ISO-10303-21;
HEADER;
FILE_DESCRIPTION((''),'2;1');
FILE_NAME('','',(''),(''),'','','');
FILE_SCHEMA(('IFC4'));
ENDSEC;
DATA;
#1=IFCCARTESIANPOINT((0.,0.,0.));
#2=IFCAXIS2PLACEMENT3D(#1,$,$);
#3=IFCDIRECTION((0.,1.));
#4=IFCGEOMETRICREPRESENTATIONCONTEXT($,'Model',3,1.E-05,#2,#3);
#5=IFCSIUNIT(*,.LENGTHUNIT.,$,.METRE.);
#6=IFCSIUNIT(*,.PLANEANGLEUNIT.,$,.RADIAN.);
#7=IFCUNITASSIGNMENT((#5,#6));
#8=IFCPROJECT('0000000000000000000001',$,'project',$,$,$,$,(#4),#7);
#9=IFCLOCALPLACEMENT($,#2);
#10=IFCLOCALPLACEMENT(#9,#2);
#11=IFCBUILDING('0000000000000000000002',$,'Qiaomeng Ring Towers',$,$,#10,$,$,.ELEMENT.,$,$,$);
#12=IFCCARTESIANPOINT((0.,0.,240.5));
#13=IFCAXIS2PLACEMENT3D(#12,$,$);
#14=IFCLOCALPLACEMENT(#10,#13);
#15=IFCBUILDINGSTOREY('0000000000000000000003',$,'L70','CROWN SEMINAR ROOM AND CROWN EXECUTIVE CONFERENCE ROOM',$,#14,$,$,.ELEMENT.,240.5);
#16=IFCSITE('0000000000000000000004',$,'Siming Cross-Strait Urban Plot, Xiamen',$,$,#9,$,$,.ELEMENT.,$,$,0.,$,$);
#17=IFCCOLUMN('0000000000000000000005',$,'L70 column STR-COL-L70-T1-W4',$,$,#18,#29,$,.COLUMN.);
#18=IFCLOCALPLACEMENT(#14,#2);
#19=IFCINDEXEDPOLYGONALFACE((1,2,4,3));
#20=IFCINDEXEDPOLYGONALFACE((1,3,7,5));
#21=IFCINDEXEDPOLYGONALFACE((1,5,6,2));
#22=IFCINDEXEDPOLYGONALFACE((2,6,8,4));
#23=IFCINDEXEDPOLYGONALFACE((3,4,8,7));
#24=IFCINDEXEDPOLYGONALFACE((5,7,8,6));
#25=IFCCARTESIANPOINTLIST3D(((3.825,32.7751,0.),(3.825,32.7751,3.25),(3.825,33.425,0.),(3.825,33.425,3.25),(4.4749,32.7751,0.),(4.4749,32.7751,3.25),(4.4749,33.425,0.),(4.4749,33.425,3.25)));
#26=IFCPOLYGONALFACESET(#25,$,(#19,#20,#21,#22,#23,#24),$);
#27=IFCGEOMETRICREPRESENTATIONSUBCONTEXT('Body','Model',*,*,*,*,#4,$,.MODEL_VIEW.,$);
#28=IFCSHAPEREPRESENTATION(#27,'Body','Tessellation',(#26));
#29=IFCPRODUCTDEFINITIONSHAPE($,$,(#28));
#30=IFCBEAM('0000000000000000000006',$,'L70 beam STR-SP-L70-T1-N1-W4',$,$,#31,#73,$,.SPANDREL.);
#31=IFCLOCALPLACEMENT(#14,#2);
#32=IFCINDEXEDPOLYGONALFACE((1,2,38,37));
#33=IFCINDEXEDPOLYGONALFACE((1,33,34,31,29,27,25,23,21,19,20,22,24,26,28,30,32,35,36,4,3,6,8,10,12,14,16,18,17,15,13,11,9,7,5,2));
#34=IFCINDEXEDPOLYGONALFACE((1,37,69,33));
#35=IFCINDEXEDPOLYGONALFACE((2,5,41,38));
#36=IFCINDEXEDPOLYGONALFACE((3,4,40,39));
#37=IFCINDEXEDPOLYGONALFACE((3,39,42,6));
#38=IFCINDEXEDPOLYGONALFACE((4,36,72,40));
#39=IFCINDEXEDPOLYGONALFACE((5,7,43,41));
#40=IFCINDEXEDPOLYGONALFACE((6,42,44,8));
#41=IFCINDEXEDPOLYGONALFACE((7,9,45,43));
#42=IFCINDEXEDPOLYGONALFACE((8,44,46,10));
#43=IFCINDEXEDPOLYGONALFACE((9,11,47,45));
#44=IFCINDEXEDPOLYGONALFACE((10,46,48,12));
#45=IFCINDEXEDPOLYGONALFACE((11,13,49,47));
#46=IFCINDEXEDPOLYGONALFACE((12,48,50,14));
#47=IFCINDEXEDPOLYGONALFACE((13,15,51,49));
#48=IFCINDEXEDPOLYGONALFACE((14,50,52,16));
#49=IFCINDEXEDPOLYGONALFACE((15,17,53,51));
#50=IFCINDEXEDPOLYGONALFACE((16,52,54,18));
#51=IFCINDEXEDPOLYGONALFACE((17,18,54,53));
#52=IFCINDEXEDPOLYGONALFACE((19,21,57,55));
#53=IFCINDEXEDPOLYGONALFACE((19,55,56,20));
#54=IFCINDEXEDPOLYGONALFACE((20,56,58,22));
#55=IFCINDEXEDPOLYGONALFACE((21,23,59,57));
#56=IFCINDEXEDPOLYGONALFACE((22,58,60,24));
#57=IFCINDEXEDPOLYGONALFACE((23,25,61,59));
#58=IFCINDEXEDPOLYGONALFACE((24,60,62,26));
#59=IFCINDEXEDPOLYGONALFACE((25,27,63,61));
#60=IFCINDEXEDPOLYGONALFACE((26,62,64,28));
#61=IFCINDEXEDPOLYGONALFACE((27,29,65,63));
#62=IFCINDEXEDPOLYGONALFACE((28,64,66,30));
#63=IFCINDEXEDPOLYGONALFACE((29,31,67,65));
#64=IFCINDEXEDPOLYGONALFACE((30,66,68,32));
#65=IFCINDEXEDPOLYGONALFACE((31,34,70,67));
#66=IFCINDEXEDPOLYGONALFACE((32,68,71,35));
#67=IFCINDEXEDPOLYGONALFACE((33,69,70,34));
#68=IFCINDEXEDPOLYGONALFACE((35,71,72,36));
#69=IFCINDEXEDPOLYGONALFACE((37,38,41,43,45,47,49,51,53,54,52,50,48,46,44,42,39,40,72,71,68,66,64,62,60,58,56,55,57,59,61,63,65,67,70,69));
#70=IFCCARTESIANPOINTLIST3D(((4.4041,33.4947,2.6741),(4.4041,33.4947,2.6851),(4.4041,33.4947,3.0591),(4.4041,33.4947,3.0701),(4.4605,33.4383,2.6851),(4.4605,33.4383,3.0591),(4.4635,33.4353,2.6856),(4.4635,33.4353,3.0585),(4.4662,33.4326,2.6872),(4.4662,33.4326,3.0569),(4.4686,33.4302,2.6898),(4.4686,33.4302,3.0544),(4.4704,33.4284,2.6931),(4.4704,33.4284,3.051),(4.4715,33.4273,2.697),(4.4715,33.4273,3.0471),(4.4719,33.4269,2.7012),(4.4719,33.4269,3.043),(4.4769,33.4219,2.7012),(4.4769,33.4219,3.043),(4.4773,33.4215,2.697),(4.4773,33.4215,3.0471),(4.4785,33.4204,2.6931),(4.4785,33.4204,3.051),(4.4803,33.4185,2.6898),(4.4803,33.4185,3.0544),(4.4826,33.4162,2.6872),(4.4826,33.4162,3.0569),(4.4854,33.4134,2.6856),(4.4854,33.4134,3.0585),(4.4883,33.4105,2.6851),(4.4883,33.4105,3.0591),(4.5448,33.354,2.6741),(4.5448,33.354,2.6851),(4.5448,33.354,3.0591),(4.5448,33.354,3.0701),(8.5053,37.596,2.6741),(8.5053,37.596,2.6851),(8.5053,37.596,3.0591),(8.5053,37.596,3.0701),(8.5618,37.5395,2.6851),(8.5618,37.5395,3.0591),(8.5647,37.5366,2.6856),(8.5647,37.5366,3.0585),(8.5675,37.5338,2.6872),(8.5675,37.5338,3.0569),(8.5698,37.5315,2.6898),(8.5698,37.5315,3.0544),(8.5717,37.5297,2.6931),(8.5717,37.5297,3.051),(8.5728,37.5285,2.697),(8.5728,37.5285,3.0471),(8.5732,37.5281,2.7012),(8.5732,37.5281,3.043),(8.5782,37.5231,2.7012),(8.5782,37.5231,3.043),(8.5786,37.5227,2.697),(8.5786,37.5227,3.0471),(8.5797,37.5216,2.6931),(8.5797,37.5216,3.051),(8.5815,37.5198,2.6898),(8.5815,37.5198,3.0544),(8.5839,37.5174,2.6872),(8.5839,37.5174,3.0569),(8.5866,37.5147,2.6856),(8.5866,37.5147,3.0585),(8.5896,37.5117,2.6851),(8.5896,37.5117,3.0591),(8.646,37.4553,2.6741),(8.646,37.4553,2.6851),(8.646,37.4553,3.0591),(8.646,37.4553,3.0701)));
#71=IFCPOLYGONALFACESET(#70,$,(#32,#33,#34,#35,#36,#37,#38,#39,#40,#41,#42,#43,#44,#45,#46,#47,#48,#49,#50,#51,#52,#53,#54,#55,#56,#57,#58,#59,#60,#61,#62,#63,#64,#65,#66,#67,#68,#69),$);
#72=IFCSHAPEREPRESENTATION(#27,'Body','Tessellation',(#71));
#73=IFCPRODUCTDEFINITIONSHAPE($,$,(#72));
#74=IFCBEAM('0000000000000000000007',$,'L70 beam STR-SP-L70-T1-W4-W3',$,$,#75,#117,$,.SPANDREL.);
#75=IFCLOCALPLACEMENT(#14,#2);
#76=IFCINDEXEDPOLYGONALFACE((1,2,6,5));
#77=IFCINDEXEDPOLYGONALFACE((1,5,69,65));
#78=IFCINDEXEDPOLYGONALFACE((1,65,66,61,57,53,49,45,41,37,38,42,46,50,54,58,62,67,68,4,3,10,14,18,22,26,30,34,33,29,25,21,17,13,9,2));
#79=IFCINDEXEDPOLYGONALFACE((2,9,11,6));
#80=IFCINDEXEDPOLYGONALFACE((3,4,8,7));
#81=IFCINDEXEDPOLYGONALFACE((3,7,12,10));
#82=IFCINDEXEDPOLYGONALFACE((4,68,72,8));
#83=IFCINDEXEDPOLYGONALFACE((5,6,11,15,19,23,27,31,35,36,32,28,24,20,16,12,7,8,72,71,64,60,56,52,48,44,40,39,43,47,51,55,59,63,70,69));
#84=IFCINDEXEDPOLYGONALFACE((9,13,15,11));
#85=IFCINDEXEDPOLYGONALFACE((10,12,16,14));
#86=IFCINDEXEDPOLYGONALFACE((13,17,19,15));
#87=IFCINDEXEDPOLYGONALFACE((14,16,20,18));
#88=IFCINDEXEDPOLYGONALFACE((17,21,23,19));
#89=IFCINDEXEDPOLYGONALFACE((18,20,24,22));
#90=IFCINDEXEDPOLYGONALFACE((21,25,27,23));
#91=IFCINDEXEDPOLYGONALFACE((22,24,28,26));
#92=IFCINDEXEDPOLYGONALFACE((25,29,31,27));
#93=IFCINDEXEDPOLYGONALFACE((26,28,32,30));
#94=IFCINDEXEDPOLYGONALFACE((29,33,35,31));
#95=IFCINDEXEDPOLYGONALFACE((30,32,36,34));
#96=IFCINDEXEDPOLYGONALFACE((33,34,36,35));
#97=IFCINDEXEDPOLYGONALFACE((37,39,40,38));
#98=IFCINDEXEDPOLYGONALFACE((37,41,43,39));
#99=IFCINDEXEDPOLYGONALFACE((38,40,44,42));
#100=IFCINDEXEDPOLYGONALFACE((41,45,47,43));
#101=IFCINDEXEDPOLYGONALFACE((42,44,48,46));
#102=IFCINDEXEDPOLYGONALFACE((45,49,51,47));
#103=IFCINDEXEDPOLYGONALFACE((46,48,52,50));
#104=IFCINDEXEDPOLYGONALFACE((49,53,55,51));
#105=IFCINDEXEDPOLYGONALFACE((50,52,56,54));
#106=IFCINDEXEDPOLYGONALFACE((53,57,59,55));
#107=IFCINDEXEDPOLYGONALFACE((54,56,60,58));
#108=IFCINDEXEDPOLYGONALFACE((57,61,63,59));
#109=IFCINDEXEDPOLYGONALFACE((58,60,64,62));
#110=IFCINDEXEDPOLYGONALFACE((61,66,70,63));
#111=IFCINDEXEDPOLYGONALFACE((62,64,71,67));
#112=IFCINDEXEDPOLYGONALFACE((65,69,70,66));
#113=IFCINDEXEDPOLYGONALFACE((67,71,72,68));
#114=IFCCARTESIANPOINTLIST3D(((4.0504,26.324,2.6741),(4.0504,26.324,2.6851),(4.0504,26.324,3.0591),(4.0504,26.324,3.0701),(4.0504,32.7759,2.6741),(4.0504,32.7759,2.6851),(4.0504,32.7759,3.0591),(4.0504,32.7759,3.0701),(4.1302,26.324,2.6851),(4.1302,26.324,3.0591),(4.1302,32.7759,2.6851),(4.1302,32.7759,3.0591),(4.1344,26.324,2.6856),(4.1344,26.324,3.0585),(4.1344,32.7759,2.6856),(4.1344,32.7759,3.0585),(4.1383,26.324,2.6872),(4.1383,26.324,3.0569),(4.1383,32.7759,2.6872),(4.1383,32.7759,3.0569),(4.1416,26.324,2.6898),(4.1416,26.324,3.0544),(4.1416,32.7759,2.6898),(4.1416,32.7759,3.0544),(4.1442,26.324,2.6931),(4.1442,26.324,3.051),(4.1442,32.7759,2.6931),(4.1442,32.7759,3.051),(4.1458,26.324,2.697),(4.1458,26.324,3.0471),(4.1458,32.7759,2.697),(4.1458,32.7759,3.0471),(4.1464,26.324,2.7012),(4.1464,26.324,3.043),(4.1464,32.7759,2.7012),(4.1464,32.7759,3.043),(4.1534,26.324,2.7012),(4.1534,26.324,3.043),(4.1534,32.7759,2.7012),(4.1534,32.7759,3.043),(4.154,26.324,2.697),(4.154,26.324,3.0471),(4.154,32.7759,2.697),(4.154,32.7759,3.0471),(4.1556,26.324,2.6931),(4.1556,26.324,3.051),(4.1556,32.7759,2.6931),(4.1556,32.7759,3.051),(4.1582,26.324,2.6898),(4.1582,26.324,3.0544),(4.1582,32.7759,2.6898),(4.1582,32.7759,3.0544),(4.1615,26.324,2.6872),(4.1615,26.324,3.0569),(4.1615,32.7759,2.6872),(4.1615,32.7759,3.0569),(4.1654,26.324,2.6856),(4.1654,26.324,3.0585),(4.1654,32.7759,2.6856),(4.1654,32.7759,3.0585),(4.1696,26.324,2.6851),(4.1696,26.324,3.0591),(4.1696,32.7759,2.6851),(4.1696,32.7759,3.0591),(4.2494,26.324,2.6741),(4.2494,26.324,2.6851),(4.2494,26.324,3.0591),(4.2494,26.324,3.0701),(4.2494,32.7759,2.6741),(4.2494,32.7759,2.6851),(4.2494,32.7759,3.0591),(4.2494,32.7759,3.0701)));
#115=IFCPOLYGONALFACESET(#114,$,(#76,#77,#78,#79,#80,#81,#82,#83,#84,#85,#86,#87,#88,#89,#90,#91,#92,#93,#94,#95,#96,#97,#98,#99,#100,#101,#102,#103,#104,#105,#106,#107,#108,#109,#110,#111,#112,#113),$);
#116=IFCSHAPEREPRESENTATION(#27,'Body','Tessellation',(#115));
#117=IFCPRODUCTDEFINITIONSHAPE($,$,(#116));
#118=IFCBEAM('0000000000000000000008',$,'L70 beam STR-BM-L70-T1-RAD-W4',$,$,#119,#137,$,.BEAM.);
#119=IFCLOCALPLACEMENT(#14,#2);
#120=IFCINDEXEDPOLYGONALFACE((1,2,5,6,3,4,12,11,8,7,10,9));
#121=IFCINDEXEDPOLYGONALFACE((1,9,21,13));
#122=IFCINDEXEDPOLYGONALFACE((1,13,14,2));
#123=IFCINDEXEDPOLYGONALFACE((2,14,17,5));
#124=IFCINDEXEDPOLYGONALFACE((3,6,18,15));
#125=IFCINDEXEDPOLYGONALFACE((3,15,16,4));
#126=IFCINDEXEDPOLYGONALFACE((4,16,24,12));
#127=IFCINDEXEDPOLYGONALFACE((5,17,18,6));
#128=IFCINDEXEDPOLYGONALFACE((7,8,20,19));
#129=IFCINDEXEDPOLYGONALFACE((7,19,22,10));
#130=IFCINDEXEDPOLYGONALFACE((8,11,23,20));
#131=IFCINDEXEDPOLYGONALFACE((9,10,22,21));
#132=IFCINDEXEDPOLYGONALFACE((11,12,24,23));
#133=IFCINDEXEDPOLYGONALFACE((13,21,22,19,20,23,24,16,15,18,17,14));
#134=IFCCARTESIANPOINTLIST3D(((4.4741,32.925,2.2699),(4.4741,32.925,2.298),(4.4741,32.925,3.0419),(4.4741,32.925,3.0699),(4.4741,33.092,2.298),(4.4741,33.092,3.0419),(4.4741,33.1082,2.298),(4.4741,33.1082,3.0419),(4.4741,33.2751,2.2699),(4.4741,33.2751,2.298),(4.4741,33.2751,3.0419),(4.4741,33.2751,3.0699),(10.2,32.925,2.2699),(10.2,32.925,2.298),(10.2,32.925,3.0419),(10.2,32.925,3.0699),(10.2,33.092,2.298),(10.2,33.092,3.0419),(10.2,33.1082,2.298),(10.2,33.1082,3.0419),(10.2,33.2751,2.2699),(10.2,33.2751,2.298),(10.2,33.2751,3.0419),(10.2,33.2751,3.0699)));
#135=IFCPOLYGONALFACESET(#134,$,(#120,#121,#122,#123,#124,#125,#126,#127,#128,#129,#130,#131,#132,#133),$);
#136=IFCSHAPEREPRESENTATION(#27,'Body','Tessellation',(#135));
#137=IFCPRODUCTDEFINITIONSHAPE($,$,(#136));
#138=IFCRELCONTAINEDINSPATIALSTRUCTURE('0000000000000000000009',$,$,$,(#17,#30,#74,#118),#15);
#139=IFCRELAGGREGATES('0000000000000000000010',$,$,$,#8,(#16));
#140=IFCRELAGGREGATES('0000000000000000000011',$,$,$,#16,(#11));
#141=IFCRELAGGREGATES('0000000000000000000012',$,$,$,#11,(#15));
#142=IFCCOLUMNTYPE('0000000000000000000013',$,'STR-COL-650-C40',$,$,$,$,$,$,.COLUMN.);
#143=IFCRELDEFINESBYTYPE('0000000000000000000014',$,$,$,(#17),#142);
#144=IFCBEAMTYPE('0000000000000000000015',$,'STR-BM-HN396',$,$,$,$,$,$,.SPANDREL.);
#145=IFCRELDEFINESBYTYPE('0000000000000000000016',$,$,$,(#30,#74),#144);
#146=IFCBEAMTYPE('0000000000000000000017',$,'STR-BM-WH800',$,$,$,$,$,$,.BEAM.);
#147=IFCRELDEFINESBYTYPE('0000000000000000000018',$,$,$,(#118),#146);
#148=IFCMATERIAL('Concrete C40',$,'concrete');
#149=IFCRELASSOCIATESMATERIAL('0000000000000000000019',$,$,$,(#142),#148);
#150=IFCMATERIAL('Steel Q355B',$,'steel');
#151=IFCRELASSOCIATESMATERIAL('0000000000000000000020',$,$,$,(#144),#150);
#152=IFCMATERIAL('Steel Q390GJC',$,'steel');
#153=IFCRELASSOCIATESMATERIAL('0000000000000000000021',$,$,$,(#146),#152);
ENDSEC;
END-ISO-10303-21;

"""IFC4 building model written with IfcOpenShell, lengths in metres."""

from ifc_helpers import new_model, si_unit, direction, frame, origin, origin_2d, place, context, subcontext, project, spatial, rectangle, i_section, extrude, source, transform, mapped, material, material_profile, profile_set, type_object, element, save


model = new_model("IFC4")

# Units and contexts
model_context = context("Model", 3, precision=1e-05, world=origin(), true_north=direction((0.0, 1.0)))
body_context = subcontext(model_context, "Body", "Model", "MODEL_VIEW")
ifc_project = project(units=[si_unit("LENGTHUNIT", "METRE"), si_unit("PLANEANGLEUNIT", "RADIAN")], contexts=[model_context])

# Site, building, storey
site_placement = place(None, origin())
site = spatial("IfcSite", under=ifc_project, at=site_placement, Name="Siming Cross-Strait Urban Plot, Xiamen", CompositionType="ELEMENT", RefElevation=0.0)
building_placement = place(site_placement, origin())
building = spatial("IfcBuilding", under=site, at=building_placement, Name="Qiaomeng Ring Towers", CompositionType="ELEMENT")
storey_placement = place(building_placement, frame((0.0, 0.0, 240.5)))
storey = spatial("IfcBuildingStorey", under=building, at=storey_placement, Name="L70", Description="CROWN SEMINAR ROOM AND CROWN EXECUTIVE CONFERENCE ROOM", CompositionType="ELEMENT", Elevation=240.5)

# Column
ifc_material_1 = material(Name="Concrete C40", Category="concrete")
ifc_material_profile_1 = material_profile(ifc_material_1, rectangle(XDim=0.6499, YDim=0.6499, at=origin_2d()), Name="RC COL 650x650")
ifc_profile_set_1 = profile_set([ifc_material_profile_1], Name="Concrete C40")
column_type = type_object("IfcColumnType", Name="STR-COL-650-C40", PredefinedType="COLUMN", material=ifc_profile_set_1)
shared_shape_1 = source(origin(), body_context, "Body", "SweptSolid", [
    extrude(rectangle(XDim=0.6499, YDim=0.6499, at=origin_2d()), origin(), (0.0, 0.0, 1.0), 3.25),
])
column_placement = place(storey_placement, frame((4.1499, 33.1001, 0.0), z_axis=(0.0, 0.0, 1.0), x_axis=(1.0, 0.0, 0.0)))
element("IfcColumn", 1, at=column_placement, inside=storey, type_object=column_type, Name="L70 column STR-COL-L70-T1-W4", PredefinedType="COLUMN", context=body_context, shape_type="MappedRepresentation", body=[
    mapped(shared_shape_1, transform((0.0, 0.0, 0.0), x_axis=(1.0, 0.0, 0.0), y_axis=(0.0, 1.0, 0.0), z_axis=(0.0, 0.0, 1.0), scale=1.0)),
])

# Beams
ifc_material_2 = material(Name="Steel Q355B", Category="steel")
ifc_material_profile_2 = material_profile(ifc_material_2, i_section(OverallWidth=0.199, OverallDepth=0.396, WebThickness=0.0071, FlangeThickness=0.011, FilletRadius=0.0161, at=origin_2d()), Name="HN 396x199x7x11")
ifc_profile_set_2 = profile_set([ifc_material_profile_2], Name="Steel Q355B")
beam_type_1 = type_object("IfcBeamType", Name="STR-BM-HN396", PredefinedType="SPANDREL", material=ifc_profile_set_2)
shared_shape_2 = source(origin(), body_context, "Body", "SweptSolid", [
    extrude(i_section(OverallWidth=0.199, OverallDepth=0.396, WebThickness=0.0071, FlangeThickness=0.011, FilletRadius=0.0161, at=origin_2d()), origin(), (0.0, 0.0, 1.0), 5.8),
])
beam_1_placement = place(storey_placement, frame((8.5757, 37.5256, 2.8721), z_axis=(-0.707107, -0.707107, 0.0), x_axis=(0.707107, -0.707107, 0.0)))
element("IfcBeam", 2, at=beam_1_placement, inside=storey, type_object=beam_type_1, Name="L70 beam STR-SP-L70-T1-N1-W4", PredefinedType="SPANDREL", context=body_context, shape_type="MappedRepresentation", body=[
    mapped(shared_shape_2, transform((0.0, 0.0, 0.0), x_axis=(1.0, 0.0, 0.0), y_axis=(0.0, 1.0, 0.0), z_axis=(0.0, 0.0, 1.0), scale=1.0)),
])
shared_shape_3 = source(origin(), body_context, "Body", "SweptSolid", [
    extrude(i_section(OverallWidth=0.199, OverallDepth=0.396, WebThickness=0.0071, FlangeThickness=0.011, FilletRadius=0.0161, at=origin_2d()), origin(), (0.0, 0.0, 1.0), 6.4519),
])
beam_2_placement = place(storey_placement, frame((4.1499, 32.7759, 2.8721), z_axis=(0.0, -1.0, 0.0), x_axis=(1.0, 0.0, 0.0)))
element("IfcBeam", 3, at=beam_2_placement, inside=storey, type_object=beam_type_1, Name="L70 beam STR-SP-L70-T1-W4-W3", PredefinedType="SPANDREL", context=body_context, shape_type="MappedRepresentation", body=[
    mapped(shared_shape_3, transform((0.0, 0.0, 0.0), x_axis=(1.0, 0.0, 0.0), y_axis=(0.0, 1.0, 0.0), z_axis=(0.0, 0.0, 1.0), scale=1.0)),
])
ifc_material_3 = material(Name="Steel Q390GJC", Category="steel")
ifc_material_profile_3 = material_profile(ifc_material_3, i_section(OverallWidth=0.3501, OverallDepth=0.8, WebThickness=0.0161, FlangeThickness=0.0281, at=origin_2d()), Name="WH 800x350x16x28")
ifc_profile_set_3 = profile_set([ifc_material_profile_3], Name="Steel Q390GJC")
beam_type_2 = type_object("IfcBeamType", Name="STR-BM-WH800", PredefinedType="BEAM", material=ifc_profile_set_3)
shared_shape_4 = source(origin(), body_context, "Body", "SweptSolid", [
    extrude(i_section(OverallWidth=0.3501, OverallDepth=0.8, WebThickness=0.0161, FlangeThickness=0.0281, at=origin_2d()), origin(), (0.0, 0.0, 1.0), 5.7258),
])
beam_3_placement = place(storey_placement, frame((4.4741, 33.1001, 2.6699), z_axis=(1.0, 0.0, 0.0), x_axis=(0.0, 1.0, 0.0)))
element("IfcBeam", 4, at=beam_3_placement, inside=storey, type_object=beam_type_2, Name="L70 beam STR-BM-L70-T1-RAD-W4", PredefinedType="BEAM", context=body_context, shape_type="MappedRepresentation", body=[
    mapped(shared_shape_4, transform((0.0, 0.0, 0.0), x_axis=(1.0, 0.0, 0.0), y_axis=(0.0, 1.0, 0.0), z_axis=(0.0, 0.0, 1.0), scale=1.0)),
])

save(model, "model.ifc")
